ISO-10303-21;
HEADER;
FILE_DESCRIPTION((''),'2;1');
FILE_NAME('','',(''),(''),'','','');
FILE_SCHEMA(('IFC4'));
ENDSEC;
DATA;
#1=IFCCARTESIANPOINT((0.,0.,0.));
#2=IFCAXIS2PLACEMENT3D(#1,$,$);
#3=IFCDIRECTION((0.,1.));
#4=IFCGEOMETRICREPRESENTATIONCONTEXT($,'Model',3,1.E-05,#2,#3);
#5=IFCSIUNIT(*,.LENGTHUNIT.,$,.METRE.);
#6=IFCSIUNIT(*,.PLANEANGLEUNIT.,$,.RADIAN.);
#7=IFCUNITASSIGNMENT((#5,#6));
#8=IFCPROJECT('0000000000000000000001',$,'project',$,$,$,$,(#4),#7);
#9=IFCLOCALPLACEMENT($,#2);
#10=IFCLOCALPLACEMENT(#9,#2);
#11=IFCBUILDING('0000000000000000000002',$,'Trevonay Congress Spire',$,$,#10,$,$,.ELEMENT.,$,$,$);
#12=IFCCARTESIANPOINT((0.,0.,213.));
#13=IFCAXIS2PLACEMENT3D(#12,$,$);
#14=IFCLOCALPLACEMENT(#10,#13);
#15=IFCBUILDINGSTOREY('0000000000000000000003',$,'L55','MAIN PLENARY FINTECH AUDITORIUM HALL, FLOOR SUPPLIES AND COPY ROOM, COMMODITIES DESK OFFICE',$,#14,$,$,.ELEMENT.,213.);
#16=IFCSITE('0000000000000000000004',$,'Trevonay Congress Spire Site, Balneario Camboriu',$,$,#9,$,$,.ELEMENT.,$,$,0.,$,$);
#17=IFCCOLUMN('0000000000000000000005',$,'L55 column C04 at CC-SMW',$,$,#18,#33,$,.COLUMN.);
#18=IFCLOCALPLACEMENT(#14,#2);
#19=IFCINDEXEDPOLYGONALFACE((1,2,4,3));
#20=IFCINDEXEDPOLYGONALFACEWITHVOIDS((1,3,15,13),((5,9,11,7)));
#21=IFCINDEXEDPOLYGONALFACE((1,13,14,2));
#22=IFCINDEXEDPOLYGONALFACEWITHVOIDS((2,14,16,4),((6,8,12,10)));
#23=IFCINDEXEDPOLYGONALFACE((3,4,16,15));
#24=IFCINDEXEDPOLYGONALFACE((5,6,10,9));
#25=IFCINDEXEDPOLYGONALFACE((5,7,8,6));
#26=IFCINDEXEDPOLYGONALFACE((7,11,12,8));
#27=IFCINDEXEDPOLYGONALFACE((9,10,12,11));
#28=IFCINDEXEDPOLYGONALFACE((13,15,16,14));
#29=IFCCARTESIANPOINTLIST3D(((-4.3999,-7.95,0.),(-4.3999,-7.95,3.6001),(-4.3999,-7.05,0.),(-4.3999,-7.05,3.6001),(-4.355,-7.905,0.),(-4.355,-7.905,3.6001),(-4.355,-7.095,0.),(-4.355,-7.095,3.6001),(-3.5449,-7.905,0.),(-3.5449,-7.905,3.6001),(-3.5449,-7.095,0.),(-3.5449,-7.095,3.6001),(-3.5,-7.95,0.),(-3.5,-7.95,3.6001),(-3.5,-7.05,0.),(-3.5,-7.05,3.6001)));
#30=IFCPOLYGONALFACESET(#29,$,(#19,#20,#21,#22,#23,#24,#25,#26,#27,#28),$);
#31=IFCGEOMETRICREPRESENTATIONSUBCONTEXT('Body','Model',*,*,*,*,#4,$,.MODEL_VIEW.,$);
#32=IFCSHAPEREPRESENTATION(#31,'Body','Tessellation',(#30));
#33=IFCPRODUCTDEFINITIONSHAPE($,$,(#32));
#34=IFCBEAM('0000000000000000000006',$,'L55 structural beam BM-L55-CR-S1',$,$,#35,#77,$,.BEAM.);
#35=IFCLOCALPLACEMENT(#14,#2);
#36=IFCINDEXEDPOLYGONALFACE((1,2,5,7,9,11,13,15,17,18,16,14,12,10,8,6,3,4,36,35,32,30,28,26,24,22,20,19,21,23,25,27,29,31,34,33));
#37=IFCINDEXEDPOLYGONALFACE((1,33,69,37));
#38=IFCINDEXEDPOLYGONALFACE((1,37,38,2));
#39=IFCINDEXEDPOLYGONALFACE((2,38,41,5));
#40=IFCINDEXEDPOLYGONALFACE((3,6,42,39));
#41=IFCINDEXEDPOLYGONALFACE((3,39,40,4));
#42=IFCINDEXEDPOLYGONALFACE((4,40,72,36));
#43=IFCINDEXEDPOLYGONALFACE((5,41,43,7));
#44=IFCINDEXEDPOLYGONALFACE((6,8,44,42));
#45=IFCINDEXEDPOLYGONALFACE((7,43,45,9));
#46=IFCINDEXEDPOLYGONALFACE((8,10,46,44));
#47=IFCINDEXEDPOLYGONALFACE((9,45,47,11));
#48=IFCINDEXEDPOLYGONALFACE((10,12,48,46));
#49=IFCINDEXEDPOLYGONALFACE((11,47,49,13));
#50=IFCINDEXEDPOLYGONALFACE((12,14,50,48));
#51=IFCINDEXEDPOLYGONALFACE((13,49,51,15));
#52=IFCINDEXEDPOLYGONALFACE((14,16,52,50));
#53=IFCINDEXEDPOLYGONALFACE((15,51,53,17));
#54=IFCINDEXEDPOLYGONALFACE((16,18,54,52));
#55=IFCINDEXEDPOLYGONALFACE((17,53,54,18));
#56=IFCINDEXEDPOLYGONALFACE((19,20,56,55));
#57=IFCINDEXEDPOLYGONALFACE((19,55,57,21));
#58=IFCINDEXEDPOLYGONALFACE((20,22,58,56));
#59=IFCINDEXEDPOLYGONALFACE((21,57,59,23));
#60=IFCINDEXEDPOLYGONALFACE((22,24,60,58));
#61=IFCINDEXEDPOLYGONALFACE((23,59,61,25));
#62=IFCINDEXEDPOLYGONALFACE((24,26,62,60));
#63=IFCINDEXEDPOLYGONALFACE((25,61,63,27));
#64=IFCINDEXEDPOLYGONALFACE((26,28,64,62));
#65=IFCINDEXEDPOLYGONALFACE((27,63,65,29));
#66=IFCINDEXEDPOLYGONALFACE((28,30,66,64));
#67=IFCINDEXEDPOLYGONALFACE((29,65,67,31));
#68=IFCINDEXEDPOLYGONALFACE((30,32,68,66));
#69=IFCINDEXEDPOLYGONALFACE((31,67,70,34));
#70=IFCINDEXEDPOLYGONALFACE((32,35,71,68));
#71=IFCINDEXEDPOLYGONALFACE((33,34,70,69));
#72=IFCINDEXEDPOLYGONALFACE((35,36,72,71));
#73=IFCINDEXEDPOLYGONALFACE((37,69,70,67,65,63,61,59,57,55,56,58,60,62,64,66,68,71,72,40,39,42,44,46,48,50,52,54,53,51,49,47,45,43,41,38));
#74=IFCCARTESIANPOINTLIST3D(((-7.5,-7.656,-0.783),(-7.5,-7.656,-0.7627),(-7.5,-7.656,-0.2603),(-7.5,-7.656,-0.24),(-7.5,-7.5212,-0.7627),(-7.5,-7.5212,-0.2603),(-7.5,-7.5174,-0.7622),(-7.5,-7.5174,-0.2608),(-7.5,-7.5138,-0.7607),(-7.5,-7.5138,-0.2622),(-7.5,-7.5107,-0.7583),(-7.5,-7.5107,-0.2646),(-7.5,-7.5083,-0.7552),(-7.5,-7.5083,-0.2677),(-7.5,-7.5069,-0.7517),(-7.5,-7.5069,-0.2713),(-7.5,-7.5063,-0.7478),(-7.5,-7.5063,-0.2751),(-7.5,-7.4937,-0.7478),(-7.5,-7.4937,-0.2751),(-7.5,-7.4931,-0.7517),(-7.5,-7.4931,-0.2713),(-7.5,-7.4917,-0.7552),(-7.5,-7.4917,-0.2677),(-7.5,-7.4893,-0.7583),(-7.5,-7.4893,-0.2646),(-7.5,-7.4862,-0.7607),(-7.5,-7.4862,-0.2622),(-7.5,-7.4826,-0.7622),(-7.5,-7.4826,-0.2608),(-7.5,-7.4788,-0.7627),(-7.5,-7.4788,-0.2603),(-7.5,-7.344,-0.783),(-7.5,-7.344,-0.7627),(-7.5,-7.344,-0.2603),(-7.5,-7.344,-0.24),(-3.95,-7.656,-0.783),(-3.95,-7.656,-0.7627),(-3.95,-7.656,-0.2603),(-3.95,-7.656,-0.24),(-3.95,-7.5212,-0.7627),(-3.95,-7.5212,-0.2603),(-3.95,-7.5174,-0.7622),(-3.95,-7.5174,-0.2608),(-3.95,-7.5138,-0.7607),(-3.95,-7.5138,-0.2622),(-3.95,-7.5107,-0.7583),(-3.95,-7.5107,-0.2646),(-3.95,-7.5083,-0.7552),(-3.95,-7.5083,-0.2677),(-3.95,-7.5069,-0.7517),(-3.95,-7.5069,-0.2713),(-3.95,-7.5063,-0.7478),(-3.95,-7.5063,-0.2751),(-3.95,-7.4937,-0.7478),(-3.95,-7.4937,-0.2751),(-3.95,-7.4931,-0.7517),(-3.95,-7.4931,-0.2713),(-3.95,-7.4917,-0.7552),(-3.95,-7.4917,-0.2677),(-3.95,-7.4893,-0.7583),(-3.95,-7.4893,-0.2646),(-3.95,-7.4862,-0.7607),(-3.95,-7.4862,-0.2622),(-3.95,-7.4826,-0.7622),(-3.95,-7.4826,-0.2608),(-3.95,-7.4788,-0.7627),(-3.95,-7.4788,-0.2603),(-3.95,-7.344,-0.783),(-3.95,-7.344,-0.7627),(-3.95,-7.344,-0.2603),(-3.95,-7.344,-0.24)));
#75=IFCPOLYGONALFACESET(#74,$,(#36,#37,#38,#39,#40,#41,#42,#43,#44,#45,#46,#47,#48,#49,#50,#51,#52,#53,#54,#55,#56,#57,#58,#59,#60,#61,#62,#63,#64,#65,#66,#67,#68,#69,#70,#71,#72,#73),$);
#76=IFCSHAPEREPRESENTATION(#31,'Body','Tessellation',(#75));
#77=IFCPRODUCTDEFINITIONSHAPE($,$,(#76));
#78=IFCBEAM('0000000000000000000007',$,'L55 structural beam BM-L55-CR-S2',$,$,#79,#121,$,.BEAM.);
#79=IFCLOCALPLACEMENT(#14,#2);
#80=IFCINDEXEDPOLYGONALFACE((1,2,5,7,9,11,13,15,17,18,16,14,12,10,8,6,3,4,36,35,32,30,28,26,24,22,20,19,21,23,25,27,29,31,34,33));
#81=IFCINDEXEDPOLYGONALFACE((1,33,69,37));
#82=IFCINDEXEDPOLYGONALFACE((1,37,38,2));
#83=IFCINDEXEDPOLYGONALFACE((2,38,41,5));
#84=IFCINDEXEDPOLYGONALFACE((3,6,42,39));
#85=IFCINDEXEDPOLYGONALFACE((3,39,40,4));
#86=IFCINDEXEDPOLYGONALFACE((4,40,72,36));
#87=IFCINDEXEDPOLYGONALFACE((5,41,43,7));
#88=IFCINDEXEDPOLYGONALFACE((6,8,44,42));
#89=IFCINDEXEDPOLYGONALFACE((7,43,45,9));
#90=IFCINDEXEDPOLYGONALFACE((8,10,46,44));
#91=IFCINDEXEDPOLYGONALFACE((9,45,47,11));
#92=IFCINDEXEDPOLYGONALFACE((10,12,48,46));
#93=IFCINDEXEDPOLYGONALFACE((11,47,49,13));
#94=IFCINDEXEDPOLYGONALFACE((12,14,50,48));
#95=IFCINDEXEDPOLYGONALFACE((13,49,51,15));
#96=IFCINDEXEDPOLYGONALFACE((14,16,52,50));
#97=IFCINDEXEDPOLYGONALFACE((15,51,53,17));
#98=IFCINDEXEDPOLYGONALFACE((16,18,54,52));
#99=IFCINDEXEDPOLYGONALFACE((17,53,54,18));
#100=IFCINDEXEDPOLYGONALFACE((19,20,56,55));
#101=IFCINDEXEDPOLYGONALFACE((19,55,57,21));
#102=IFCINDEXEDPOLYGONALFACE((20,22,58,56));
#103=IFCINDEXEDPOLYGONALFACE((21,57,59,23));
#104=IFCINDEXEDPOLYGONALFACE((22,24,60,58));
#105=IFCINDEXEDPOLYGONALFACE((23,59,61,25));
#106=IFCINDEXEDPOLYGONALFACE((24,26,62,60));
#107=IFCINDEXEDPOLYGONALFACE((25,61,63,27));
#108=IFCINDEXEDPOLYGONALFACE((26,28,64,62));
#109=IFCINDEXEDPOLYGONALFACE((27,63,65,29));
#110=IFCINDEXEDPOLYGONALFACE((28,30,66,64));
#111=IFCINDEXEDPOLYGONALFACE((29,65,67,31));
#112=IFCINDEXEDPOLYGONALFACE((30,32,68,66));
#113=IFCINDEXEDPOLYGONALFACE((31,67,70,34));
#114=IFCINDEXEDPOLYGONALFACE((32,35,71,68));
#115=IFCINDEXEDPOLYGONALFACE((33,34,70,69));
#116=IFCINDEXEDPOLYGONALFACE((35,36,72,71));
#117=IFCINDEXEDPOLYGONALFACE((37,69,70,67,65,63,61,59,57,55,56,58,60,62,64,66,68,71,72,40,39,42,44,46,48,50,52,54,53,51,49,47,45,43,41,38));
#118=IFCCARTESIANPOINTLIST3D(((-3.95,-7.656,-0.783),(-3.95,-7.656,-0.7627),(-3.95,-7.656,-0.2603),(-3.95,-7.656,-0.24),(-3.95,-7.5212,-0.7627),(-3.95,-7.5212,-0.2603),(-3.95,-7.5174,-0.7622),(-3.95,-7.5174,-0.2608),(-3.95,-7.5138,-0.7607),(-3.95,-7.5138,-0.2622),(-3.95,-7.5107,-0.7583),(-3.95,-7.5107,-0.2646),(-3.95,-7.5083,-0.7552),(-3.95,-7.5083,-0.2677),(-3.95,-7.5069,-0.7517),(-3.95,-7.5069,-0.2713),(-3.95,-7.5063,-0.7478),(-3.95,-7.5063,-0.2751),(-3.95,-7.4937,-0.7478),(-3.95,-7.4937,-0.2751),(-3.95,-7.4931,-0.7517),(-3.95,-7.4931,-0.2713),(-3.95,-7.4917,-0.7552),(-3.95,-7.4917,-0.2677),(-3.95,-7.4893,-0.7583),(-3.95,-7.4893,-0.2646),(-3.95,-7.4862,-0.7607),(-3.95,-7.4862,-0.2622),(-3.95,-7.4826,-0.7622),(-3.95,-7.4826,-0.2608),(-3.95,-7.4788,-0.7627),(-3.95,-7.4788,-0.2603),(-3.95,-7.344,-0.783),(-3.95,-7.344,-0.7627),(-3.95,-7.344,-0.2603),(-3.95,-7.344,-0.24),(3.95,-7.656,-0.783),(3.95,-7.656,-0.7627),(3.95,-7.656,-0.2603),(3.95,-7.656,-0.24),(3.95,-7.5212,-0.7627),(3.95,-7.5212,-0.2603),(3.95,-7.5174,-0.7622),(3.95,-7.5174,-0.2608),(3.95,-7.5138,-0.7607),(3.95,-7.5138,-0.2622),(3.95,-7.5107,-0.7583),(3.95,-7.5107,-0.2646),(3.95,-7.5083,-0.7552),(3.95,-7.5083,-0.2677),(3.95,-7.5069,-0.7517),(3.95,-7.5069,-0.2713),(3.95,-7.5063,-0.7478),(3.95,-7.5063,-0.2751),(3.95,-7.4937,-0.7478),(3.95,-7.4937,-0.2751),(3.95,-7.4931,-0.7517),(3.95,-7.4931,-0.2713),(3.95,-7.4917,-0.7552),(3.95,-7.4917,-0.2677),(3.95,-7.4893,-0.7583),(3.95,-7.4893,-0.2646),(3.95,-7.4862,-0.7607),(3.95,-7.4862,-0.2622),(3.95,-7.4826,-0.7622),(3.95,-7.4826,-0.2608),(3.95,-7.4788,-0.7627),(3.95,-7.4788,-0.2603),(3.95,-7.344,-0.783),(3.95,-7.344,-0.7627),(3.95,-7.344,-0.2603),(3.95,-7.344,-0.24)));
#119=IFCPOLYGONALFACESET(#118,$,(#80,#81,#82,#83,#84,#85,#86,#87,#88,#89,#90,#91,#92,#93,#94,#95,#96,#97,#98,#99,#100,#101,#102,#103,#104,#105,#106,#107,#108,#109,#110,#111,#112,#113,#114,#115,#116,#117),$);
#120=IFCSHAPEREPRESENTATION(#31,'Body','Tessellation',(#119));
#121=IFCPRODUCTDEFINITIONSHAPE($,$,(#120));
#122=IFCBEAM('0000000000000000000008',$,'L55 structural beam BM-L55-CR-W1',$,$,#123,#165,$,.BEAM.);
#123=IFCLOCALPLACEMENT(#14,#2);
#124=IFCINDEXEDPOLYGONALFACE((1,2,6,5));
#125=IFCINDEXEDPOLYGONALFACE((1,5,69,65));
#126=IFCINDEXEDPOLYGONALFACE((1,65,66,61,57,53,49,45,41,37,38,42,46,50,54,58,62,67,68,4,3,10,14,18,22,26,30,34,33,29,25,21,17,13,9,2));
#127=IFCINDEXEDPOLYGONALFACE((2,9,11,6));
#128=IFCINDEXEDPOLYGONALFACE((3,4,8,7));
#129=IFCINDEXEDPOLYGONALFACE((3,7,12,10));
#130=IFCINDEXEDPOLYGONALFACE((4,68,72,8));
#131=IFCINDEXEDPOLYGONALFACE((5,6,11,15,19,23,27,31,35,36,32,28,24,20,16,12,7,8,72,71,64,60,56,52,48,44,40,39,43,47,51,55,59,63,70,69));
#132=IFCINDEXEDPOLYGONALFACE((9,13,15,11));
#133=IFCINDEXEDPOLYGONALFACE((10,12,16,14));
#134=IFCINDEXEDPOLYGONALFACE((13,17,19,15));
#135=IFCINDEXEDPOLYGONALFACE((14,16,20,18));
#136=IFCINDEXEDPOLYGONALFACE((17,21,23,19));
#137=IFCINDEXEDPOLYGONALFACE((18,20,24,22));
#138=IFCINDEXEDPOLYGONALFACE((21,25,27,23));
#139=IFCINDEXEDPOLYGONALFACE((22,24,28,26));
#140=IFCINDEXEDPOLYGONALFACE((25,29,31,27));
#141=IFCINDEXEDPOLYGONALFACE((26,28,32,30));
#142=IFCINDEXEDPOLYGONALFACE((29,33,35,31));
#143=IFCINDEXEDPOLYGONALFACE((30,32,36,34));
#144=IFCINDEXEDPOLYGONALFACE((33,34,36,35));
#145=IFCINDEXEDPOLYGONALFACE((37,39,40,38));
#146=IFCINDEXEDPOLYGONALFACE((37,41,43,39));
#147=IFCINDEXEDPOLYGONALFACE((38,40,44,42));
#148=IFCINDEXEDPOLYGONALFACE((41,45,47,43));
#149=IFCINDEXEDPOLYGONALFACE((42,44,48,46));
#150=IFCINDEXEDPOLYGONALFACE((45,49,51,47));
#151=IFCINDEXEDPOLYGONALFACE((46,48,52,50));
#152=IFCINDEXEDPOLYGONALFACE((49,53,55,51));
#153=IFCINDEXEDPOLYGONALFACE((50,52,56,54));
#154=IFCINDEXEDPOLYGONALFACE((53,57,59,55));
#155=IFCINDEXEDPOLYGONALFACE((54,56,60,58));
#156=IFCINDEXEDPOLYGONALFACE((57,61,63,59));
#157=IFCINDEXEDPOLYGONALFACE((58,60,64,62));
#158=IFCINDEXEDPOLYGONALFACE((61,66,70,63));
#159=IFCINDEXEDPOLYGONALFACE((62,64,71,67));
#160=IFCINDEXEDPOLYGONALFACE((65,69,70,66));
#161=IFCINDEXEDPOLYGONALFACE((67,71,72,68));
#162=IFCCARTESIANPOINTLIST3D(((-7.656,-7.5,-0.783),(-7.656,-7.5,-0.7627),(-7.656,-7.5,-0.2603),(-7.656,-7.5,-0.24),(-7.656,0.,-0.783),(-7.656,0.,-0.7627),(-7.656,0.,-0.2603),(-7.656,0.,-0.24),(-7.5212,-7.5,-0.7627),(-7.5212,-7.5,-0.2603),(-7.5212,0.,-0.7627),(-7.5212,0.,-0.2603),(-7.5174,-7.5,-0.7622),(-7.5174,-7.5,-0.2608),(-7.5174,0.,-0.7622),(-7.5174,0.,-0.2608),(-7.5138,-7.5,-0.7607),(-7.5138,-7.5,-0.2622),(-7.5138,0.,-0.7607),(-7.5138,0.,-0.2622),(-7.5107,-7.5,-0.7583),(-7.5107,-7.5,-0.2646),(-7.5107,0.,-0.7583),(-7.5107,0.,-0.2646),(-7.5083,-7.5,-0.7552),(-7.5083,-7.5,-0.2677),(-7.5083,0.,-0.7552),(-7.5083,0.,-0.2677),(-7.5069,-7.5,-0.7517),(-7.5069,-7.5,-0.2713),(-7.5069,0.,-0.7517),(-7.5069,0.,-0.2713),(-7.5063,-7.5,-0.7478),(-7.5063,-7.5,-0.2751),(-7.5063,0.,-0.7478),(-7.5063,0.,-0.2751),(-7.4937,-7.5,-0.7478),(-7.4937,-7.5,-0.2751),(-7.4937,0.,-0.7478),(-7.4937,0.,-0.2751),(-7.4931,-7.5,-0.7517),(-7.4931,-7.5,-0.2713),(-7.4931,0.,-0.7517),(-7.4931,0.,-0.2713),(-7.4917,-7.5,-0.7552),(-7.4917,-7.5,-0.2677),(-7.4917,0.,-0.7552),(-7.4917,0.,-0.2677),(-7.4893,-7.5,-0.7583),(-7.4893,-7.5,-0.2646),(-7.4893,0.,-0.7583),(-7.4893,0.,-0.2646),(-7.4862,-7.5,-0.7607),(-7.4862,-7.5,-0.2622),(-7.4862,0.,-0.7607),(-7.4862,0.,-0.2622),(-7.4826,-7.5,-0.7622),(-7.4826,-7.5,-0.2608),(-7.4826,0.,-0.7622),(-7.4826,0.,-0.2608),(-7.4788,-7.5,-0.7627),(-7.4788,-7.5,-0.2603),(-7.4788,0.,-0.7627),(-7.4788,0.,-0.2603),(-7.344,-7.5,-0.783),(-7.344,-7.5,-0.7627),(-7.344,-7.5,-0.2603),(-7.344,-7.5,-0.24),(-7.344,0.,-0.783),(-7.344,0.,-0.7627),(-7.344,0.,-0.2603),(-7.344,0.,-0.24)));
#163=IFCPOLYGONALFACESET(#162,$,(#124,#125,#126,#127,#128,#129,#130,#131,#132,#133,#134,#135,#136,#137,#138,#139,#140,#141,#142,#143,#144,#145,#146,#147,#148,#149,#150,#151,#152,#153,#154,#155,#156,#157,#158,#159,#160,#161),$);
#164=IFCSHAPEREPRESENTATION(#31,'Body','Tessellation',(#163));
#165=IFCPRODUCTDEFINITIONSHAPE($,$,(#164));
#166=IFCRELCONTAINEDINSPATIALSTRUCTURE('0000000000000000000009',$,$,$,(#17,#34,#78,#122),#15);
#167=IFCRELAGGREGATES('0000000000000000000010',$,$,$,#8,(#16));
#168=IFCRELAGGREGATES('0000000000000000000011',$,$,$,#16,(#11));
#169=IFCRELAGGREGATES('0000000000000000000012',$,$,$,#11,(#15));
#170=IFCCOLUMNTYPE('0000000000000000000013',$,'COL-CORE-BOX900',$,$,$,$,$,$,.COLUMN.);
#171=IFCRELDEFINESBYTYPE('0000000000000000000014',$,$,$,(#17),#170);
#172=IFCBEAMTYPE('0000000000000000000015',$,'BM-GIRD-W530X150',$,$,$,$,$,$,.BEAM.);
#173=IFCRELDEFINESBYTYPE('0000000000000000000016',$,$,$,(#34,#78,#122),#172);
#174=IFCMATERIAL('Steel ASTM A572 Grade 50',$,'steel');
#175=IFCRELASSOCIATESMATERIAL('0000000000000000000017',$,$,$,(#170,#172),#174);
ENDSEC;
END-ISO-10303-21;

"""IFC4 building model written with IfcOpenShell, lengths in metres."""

from ifc_helpers import new_model, si_unit, direction, frame, origin, origin_2d, place, context, subcontext, project, spatial, hollow_rectangle, i_section, extrude, material, material_profile, profile_set, type_object, element, save


model = new_model("IFC4")

# Units and contexts
model_context = context("Model", 3, precision=1e-05, world=origin(), true_north=direction((0.0, 1.0)))
body_context = subcontext(model_context, "Body", "Model", "MODEL_VIEW")
ifc_project = project(units=[si_unit("LENGTHUNIT", "METRE"), si_unit("PLANEANGLEUNIT", "RADIAN")], contexts=[model_context])

# Site, building, storey
site_placement = place(None, origin())
site = spatial("IfcSite", under=ifc_project, at=site_placement, Name="Trevonay Congress Spire Site, Balneario Camboriu", CompositionType="ELEMENT", RefElevation=0.0)
building_placement = place(site_placement, origin())
building = spatial("IfcBuilding", under=site, at=building_placement, Name="Trevonay Congress Spire", CompositionType="ELEMENT")
storey_placement = place(building_placement, frame((0.0, 0.0, 213.0)))
storey = spatial("IfcBuildingStorey", under=building, at=storey_placement, Name="L55", Description="MAIN PLENARY FINTECH AUDITORIUM HALL, FLOOR SUPPLIES AND COPY ROOM, COMMODITIES DESK OFFICE", CompositionType="ELEMENT", Elevation=213.0)

# Column
ifc_material_1 = material(Name="Steel ASTM A572 Grade 50", Category="steel")
ifc_material_profile_1 = material_profile(ifc_material_1, hollow_rectangle(XDim=0.8999, YDim=0.8999, WallThickness=0.0449, at=origin_2d()), Name="BOX 900x900x45")
ifc_profile_set_1 = profile_set([ifc_material_profile_1], Name="Steel ASTM A572 Grade 50")
column_type = type_object("IfcColumnType", Name="COL-CORE-BOX900", PredefinedType="COLUMN", material=ifc_profile_set_1)
column_placement = place(storey_placement, frame((-3.95, -7.5, 0.0), z_axis=(0.0, 0.0, 1.0), x_axis=(1.0, 0.0, 0.0)))
element("IfcColumn", 1, at=column_placement, inside=storey, type_object=column_type, Name="L55 column C04 at CC-SMW", PredefinedType="COLUMN", context=body_context, shape_type="SweptSolid", body=[
    extrude(hollow_rectangle(XDim=0.8999, YDim=0.8999, WallThickness=0.0449, at=origin_2d()), origin(), (0.0, 0.0, 1.0), 3.6001),
])

# Beams
ifc_material_profile_2 = material_profile(ifc_material_1, i_section(OverallWidth=0.312, OverallDepth=0.543, WebThickness=0.0127, FlangeThickness=0.0203, FilletRadius=0.0149, at=origin_2d()), Name="W530x150")
ifc_profile_set_2 = profile_set([ifc_material_profile_2], Name="Steel ASTM A572 Grade 50")
beam_type = type_object("IfcBeamType", Name="BM-GIRD-W530X150", PredefinedType="BEAM", material=ifc_profile_set_2)
beam_1_placement = place(storey_placement, frame((-7.5, -7.5, -0.5115), z_axis=(1.0, 0.0, 0.0), x_axis=(0.0, 1.0, 0.0)))
element("IfcBeam", 2, at=beam_1_placement, inside=storey, type_object=beam_type, Name="L55 structural beam BM-L55-CR-S1", PredefinedType="BEAM", context=body_context, shape_type="SweptSolid", body=[
    extrude(i_section(OverallWidth=0.312, OverallDepth=0.543, WebThickness=0.0127, FlangeThickness=0.0203, FilletRadius=0.0149, at=origin_2d()), origin(), (0.0, 0.0, 1.0), 3.55),
])
beam_2_placement = place(storey_placement, frame((-3.95, -7.5, -0.5115), z_axis=(1.0, 0.0, 0.0), x_axis=(0.0, 1.0, 0.0)))
element("IfcBeam", 3, at=beam_2_placement, inside=storey, type_object=beam_type, Name="L55 structural beam BM-L55-CR-S2", PredefinedType="BEAM", context=body_context, shape_type="SweptSolid", body=[
    extrude(i_section(OverallWidth=0.312, OverallDepth=0.543, WebThickness=0.0127, FlangeThickness=0.0203, FilletRadius=0.0149, at=origin_2d()), origin(), (0.0, 0.0, 1.0), 7.8999),
])
beam_3_placement = place(storey_placement, frame((-7.5, -7.5, -0.5115), z_axis=(0.0, 1.0, 0.0), x_axis=(-1.0, 0.0, 0.0)))
element("IfcBeam", 4, at=beam_3_placement, inside=storey, type_object=beam_type, Name="L55 structural beam BM-L55-CR-W1", PredefinedType="BEAM", context=body_context, shape_type="SweptSolid", body=[
    extrude(i_section(OverallWidth=0.312, OverallDepth=0.543, WebThickness=0.0127, FlangeThickness=0.0203, FilletRadius=0.0149, at=origin_2d()), origin(), (0.0, 0.0, 1.0), 7.5),
])

save(model, "model.ifc")
